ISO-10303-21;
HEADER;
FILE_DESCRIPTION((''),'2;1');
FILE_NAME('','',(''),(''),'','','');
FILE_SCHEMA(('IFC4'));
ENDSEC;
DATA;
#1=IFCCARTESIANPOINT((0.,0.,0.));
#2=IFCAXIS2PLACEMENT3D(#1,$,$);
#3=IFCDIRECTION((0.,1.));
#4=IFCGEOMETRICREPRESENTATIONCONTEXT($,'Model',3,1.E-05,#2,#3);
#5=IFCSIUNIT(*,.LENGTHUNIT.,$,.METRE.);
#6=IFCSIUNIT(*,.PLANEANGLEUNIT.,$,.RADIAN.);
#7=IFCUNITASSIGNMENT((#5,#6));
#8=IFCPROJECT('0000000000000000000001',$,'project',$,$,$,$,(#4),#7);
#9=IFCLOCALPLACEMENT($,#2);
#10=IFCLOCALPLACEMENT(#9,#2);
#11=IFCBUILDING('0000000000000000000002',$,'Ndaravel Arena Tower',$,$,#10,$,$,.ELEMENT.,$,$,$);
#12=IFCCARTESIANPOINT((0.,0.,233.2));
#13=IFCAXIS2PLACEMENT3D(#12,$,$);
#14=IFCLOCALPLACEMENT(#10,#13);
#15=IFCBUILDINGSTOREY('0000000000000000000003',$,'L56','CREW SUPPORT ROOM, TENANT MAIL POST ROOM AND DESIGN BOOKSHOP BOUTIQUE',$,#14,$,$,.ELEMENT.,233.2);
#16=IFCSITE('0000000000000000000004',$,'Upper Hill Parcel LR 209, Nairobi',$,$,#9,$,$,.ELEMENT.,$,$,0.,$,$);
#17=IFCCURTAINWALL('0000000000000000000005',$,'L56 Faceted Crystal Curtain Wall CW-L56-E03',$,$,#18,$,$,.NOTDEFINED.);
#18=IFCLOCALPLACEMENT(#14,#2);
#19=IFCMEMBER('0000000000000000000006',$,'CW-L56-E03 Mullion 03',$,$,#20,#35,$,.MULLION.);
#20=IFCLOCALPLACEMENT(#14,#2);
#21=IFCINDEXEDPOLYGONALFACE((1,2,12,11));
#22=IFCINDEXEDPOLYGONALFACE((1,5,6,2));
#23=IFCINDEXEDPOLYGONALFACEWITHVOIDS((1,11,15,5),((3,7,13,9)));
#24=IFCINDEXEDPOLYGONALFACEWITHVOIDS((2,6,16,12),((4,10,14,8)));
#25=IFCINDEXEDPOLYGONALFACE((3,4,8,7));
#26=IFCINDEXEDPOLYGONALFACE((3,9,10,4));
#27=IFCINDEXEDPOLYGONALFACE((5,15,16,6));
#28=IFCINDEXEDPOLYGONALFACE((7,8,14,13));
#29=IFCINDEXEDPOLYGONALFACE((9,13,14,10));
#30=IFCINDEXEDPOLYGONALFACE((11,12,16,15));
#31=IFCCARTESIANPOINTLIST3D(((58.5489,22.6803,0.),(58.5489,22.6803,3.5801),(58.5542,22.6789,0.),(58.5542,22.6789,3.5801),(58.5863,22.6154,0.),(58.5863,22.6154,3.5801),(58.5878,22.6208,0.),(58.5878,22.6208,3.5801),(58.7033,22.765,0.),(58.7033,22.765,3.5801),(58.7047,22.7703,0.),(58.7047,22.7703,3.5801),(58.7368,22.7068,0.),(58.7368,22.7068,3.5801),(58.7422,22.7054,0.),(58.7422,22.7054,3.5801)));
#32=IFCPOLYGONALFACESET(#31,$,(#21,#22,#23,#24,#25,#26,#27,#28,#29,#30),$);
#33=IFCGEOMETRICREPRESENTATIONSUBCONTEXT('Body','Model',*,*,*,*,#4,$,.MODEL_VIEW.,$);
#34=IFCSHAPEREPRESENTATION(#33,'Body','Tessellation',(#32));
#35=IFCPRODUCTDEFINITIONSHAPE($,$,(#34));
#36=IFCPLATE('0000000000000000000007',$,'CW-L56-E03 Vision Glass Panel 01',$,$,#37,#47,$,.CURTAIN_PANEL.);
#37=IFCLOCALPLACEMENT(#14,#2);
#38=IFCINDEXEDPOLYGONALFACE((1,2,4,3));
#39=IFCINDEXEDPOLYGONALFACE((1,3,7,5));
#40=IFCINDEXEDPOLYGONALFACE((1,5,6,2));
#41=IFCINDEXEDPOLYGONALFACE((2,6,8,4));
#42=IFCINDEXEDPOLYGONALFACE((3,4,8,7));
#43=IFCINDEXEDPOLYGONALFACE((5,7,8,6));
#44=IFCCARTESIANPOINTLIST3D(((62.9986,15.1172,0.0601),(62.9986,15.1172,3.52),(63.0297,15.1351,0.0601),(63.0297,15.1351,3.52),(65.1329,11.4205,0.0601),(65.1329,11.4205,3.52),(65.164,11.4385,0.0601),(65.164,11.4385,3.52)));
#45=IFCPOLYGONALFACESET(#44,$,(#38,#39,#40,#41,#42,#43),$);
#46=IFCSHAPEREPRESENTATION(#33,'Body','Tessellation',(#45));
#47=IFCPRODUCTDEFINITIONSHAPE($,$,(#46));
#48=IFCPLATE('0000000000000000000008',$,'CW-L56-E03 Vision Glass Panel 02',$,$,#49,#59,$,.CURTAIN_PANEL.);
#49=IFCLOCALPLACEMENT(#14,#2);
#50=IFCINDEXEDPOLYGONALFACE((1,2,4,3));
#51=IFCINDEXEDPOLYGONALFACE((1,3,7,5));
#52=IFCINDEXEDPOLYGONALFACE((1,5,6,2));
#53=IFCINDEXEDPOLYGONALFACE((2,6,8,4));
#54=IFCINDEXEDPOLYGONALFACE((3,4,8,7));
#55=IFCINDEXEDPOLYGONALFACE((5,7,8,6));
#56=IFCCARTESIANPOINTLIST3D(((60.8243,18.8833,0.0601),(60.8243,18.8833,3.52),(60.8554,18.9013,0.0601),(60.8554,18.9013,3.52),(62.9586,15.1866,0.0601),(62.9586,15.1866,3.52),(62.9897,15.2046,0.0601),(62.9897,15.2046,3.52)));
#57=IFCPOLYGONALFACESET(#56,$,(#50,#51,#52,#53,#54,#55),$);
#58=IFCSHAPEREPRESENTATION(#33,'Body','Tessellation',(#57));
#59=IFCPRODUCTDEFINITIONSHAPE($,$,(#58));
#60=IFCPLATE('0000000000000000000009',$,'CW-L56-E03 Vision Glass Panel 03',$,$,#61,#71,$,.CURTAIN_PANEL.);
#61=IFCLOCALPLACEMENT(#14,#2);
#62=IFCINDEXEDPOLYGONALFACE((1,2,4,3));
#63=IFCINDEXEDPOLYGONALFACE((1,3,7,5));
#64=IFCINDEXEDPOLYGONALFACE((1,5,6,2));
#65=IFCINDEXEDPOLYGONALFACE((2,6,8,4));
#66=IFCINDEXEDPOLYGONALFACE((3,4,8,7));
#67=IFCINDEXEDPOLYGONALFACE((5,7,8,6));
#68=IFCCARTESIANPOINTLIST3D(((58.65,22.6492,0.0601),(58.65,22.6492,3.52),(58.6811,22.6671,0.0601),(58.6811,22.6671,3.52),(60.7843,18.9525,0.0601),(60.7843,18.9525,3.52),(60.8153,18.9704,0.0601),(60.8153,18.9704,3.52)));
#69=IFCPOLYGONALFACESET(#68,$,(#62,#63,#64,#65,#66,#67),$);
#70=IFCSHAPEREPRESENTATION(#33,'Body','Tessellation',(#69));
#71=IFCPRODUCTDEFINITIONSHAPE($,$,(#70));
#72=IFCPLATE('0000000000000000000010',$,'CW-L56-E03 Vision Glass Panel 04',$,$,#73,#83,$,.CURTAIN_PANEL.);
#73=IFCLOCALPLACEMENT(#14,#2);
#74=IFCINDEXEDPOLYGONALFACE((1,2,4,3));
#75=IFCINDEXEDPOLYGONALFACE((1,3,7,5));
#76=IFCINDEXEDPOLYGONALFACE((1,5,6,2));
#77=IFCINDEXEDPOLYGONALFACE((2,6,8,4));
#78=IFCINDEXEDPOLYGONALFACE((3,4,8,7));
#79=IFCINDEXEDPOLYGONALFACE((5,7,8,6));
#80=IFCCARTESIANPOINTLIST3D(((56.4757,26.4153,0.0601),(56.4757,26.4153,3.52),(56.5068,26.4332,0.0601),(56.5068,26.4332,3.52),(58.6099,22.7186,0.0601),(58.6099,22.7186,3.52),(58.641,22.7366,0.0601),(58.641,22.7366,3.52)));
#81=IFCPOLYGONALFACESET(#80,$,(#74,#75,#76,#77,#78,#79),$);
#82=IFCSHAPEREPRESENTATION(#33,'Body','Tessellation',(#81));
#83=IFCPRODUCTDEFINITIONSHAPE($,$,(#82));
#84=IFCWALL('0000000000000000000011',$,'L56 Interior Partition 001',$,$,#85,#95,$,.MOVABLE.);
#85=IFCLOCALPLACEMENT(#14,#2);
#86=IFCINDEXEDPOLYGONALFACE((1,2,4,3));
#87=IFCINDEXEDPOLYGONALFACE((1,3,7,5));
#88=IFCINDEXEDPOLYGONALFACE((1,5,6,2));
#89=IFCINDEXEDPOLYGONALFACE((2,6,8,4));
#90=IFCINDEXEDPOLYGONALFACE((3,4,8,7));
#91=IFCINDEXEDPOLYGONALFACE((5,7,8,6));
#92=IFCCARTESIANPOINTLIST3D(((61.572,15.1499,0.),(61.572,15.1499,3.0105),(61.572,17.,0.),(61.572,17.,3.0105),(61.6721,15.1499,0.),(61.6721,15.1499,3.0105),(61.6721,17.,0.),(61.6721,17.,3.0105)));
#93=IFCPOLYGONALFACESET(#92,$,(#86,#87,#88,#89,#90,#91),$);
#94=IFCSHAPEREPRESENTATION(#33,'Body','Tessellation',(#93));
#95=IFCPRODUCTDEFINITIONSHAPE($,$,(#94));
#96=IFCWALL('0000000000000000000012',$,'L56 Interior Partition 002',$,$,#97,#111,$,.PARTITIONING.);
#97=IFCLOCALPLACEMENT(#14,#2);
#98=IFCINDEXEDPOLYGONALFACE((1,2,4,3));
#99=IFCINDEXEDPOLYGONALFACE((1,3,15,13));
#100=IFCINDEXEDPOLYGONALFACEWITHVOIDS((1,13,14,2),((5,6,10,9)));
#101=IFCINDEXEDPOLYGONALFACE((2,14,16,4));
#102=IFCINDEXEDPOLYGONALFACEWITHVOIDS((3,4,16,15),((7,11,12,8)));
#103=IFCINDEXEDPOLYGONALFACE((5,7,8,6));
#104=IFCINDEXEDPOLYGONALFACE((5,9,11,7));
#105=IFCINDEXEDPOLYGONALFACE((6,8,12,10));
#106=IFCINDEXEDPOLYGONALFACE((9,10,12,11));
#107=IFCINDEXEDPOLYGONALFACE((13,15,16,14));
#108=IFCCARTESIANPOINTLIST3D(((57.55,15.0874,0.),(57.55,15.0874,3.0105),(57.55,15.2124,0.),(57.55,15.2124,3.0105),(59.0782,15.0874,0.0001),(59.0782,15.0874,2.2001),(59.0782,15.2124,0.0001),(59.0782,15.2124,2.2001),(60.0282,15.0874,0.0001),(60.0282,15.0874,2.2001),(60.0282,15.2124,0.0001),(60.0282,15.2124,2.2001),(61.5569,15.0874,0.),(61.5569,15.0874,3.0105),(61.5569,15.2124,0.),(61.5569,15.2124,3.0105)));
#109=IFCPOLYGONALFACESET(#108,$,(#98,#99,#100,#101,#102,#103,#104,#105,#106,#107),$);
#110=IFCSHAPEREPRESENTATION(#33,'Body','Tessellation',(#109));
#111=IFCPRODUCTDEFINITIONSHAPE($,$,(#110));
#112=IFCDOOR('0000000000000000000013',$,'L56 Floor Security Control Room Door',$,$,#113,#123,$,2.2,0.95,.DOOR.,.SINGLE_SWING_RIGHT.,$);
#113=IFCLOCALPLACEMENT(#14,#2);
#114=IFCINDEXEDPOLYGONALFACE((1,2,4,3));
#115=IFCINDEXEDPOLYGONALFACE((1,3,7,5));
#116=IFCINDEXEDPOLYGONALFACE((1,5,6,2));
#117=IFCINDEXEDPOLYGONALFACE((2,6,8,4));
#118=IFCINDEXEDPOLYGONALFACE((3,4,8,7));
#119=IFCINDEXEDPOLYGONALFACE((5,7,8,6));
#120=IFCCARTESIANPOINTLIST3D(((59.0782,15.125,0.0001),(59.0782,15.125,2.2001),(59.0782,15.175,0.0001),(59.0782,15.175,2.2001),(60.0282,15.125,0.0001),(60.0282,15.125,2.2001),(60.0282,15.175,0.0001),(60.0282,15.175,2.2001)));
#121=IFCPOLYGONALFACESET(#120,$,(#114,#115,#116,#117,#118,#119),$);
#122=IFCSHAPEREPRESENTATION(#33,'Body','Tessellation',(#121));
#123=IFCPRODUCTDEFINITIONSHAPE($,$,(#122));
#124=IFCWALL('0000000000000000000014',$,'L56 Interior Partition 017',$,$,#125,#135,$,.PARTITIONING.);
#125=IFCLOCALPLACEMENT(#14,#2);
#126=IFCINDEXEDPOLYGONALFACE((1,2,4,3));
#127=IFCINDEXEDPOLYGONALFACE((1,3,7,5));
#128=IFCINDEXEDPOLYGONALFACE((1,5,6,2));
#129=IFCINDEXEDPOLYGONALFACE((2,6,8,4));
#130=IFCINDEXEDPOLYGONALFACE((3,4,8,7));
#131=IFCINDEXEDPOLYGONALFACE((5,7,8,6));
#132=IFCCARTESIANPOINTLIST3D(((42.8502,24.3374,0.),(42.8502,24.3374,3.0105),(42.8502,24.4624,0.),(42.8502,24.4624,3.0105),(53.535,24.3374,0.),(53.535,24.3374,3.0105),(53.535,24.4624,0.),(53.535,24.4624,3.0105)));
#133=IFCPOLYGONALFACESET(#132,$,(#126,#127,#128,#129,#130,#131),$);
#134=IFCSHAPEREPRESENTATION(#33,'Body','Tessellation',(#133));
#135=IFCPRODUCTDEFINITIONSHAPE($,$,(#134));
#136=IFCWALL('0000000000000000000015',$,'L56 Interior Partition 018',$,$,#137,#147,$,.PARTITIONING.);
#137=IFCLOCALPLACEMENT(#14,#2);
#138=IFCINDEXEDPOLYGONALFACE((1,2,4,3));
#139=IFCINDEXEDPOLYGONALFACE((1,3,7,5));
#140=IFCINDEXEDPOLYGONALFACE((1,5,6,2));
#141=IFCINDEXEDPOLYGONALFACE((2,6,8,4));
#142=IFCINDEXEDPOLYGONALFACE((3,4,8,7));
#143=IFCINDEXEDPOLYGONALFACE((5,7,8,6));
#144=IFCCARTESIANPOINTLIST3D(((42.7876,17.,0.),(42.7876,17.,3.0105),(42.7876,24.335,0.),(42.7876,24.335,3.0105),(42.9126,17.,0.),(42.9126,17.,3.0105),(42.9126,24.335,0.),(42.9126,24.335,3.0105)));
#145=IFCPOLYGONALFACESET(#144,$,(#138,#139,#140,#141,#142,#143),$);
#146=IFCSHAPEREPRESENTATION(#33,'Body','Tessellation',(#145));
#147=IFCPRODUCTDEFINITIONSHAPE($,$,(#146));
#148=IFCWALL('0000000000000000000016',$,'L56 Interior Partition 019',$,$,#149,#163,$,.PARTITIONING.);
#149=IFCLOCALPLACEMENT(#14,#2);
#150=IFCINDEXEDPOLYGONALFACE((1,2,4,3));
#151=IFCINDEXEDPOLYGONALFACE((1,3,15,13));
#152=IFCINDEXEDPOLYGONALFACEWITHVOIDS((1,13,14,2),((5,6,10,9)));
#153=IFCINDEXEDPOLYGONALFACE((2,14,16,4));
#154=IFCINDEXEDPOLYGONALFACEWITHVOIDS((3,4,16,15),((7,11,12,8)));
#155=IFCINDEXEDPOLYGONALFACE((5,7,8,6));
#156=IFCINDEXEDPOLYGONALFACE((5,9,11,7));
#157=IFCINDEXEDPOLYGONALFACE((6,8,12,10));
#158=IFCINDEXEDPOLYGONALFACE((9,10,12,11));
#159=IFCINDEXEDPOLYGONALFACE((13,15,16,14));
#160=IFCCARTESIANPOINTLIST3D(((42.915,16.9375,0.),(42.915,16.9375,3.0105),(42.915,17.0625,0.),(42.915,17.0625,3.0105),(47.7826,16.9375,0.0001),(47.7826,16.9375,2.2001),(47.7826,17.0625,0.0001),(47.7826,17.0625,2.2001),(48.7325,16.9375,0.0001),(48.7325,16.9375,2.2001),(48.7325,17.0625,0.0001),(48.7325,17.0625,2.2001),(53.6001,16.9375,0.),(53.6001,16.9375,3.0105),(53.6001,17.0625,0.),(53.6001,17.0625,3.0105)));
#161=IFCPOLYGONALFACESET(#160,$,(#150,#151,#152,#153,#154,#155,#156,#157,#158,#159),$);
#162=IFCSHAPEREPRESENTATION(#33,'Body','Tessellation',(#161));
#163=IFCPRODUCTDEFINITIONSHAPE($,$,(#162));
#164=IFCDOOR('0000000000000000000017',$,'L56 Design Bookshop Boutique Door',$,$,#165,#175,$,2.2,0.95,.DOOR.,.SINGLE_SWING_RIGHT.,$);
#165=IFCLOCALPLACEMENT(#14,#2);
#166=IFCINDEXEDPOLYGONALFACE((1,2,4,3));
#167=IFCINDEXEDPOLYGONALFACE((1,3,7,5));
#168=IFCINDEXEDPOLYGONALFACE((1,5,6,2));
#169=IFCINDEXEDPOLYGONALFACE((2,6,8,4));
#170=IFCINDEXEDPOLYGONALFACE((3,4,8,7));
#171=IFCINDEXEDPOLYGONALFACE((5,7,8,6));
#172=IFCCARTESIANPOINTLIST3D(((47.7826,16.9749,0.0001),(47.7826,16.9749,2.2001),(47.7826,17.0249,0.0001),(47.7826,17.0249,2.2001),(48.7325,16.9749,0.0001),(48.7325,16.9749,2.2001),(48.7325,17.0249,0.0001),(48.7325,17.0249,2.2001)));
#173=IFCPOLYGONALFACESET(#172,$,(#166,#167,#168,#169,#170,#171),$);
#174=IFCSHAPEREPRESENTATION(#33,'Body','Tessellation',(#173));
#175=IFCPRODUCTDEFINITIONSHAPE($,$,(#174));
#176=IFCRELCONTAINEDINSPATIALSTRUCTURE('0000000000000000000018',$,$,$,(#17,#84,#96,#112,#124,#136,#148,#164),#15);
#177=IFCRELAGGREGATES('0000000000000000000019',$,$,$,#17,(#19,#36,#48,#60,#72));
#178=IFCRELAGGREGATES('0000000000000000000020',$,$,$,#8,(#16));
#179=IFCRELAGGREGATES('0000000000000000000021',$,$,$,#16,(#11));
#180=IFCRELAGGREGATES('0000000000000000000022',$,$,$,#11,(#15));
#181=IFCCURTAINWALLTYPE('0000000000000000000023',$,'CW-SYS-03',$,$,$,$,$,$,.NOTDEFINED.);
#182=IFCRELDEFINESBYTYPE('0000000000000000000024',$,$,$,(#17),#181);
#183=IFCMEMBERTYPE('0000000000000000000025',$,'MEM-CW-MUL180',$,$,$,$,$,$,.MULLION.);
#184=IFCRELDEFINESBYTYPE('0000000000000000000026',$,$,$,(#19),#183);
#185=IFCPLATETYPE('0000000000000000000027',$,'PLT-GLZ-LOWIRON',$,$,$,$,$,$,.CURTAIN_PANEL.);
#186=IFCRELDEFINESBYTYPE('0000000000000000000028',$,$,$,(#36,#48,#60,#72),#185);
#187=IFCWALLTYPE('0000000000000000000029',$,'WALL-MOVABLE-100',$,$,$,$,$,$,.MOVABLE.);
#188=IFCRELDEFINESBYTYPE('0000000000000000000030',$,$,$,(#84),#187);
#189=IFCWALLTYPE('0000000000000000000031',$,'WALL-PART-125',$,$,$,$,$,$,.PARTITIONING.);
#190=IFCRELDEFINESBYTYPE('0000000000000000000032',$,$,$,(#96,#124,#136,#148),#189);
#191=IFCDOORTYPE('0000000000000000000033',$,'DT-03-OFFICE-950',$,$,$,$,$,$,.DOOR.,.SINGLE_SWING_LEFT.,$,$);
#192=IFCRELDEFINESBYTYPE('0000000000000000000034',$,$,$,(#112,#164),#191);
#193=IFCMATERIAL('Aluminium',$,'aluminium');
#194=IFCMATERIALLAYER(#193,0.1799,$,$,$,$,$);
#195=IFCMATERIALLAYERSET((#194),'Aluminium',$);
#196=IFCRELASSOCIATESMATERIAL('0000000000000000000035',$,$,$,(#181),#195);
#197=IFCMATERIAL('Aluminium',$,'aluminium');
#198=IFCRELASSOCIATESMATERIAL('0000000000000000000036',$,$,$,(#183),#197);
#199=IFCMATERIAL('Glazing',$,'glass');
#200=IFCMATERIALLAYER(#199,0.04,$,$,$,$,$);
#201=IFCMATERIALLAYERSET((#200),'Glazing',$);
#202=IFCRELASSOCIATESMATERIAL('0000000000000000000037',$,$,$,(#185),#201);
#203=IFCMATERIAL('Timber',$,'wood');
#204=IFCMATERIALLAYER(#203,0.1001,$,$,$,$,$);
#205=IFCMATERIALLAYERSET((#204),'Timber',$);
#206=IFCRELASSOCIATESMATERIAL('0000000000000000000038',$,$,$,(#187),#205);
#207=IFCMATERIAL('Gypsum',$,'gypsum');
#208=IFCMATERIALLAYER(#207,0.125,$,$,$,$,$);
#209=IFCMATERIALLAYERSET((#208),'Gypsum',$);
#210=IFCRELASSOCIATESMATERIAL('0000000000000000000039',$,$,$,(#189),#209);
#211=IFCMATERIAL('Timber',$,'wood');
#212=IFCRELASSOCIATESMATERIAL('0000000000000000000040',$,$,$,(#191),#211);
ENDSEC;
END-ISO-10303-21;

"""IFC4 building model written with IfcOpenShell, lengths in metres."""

from ifc_helpers import new_model, si_unit, direction, frame, frame_2d, origin, origin_2d, place, context, subcontext, project, spatial, rectangle, hollow_rectangle, extrude, material, layer, layer_set, material_profile, profile_set, type_object, element, fill, aggregate, save


model = new_model("IFC4")

# Units and contexts
model_context = context("Model", 3, precision=1e-05, world=origin(), true_north=direction((0.0, 1.0)))
body_context = subcontext(model_context, "Body", "Model", "MODEL_VIEW")
ifc_project = project(units=[si_unit("LENGTHUNIT", "METRE"), si_unit("PLANEANGLEUNIT", "RADIAN")], contexts=[model_context])

# Site, building, storey
site_placement = place(None, origin())
site = spatial("IfcSite", under=ifc_project, at=site_placement, Name="Upper Hill Parcel LR 209, Nairobi", CompositionType="ELEMENT", RefElevation=0.0)
building_placement = place(site_placement, origin())
building = spatial("IfcBuilding", under=site, at=building_placement, Name="Ndaravel Arena Tower", CompositionType="ELEMENT")
storey_placement = place(building_placement, frame((0.0, 0.0, 233.2)))
storey = spatial("IfcBuildingStorey", under=building, at=storey_placement, Name="L56", Description="CREW SUPPORT ROOM, TENANT MAIL POST ROOM AND DESIGN BOOKSHOP BOUTIQUE", CompositionType="ELEMENT", Elevation=233.2)

# Curtain wall, member, plates
ifc_material_1 = material(Name="Aluminium", Category="aluminium")
ifc_layer_1 = layer(ifc_material_1, 0.1799)
ifc_layer_set_1 = layer_set([ifc_layer_1], Name="Aluminium")
curtain_wall_type = type_object("IfcCurtainWallType", Name="CW-SYS-03", PredefinedType="NOTDEFINED", material=ifc_layer_set_1)
curtain_wall_placement = place(storey_placement, origin())
curtain_wall = element("IfcCurtainWall", 1, at=curtain_wall_placement, inside=storey, type_object=curtain_wall_type, Name="L56 Faceted Crystal Curtain Wall CW-L56-E03", PredefinedType="NOTDEFINED")
ifc_material_2 = material(Name="Aluminium", Category="aluminium")
ifc_material_profile_1 = material_profile(ifc_material_2, hollow_rectangle(XDim=0.075, YDim=0.1799, WallThickness=0.0039, at=origin_2d()), Name="CW MULLION 75x180x4")
ifc_profile_set_1 = profile_set([ifc_material_profile_1], Name="Aluminium")
member_type = type_object("IfcMemberType", Name="MEM-CW-MUL180", PredefinedType="MULLION", material=ifc_profile_set_1)
member_1_placement = place(storey_placement, frame((58.6455, 22.6929, 0.0), z_axis=(0.0, 0.0, 1.0), x_axis=(-0.5, 0.866025, 0.0)))
member_1 = element("IfcMember", 2, at=member_1_placement, type_object=member_type, Name="CW-L56-E03 Mullion 03", PredefinedType="MULLION", context=body_context, shape_type="SweptSolid", body=[
    extrude(hollow_rectangle(XDim=0.075, YDim=0.1799, WallThickness=0.0039, at=origin_2d()), origin(), (0.0, 0.0, 1.0), 3.5801),
])
ifc_material_3 = material(Name="Glazing", Category="glass")
ifc_layer_2 = layer(ifc_material_3, 0.04)
ifc_layer_set_2 = layer_set([ifc_layer_2], Name="Glazing")
plate_type = type_object("IfcPlateType", Name="PLT-GLZ-LOWIRON", PredefinedType="CURTAIN_PANEL", material=ifc_layer_set_2)
plate_1_placement = place(storey_placement, frame((64.0813, 13.2778, 0.0601), z_axis=(0.0, 0.0, 1.0), x_axis=(-0.5, 0.866025, 0.0)))
plate_1 = element("IfcPlate", 3, at=plate_1_placement, type_object=plate_type, Name="CW-L56-E03 Vision Glass Panel 01", PredefinedType="CURTAIN_PANEL", context=body_context, shape_type="SweptSolid", body=[
    extrude(rectangle(XDim=4.2686, YDim=0.0359, at=origin_2d()), origin(), (0.0, 0.0, 1.0), 3.46),
])
plate_2_placement = place(storey_placement, frame((61.907, 17.0439, 0.0601), z_axis=(0.0, 0.0, 1.0), x_axis=(-0.5, 0.866025, 0.0)))
plate_2 = element("IfcPlate", 4, at=plate_2_placement, type_object=plate_type, Name="CW-L56-E03 Vision Glass Panel 02", PredefinedType="CURTAIN_PANEL", context=body_context, shape_type="SweptSolid", body=[
    extrude(rectangle(XDim=4.2686, YDim=0.0359, at=origin_2d()), origin(), (0.0, 0.0, 1.0), 3.46),
])
plate_3_placement = place(storey_placement, frame((59.7327, 20.8098, 0.0601), z_axis=(0.0, 0.0, 1.0), x_axis=(-0.5, 0.866025, 0.0)))
plate_3 = element("IfcPlate", 5, at=plate_3_placement, type_object=plate_type, Name="CW-L56-E03 Vision Glass Panel 03", PredefinedType="CURTAIN_PANEL", context=body_context, shape_type="SweptSolid", body=[
    extrude(rectangle(XDim=4.2686, YDim=0.0359, at=origin_2d()), origin(), (0.0, 0.0, 1.0), 3.46),
])
plate_4_placement = place(storey_placement, frame((57.5583, 24.5759, 0.0601), z_axis=(0.0, 0.0, 1.0), x_axis=(-0.5, 0.866025, 0.0)))
plate_4 = element("IfcPlate", 6, at=plate_4_placement, type_object=plate_type, Name="CW-L56-E03 Vision Glass Panel 04", PredefinedType="CURTAIN_PANEL", context=body_context, shape_type="SweptSolid", body=[
    extrude(rectangle(XDim=4.2686, YDim=0.0359, at=origin_2d()), origin(), (0.0, 0.0, 1.0), 3.46),
])
aggregate(curtain_wall, [member_1, plate_1, plate_2, plate_3, plate_4])

# Wall
ifc_material_4 = material(Name="Timber", Category="wood")
ifc_layer_3 = layer(ifc_material_4, 0.1001)
ifc_layer_set_3 = layer_set([ifc_layer_3], Name="Timber")
wall_type_1 = type_object("IfcWallType", Name="WALL-MOVABLE-100", PredefinedType="MOVABLE", material=ifc_layer_set_3)
wall_1_placement = place(storey_placement, frame((61.6221, 17.0, 0.0), z_axis=(0.0, 0.0, 1.0), x_axis=(0.0, -1.0, 0.0)))
element("IfcWall", 7, at=wall_1_placement, inside=storey, type_object=wall_type_1, Name="L56 Interior Partition 001", PredefinedType="MOVABLE", context=body_context, shape_type="SweptSolid", body=[
    extrude(rectangle(XDim=1.8501, YDim=0.1001, at=frame_2d((0.925, 0.0))), origin(), (0.0, 0.0, 1.0), 3.0105),
])

# Wall, opening, door
ifc_material_5 = material(Name="Gypsum", Category="gypsum")
ifc_layer_4 = layer(ifc_material_5, 0.125)
ifc_layer_set_4 = layer_set([ifc_layer_4], Name="Gypsum")
wall_type_2 = type_object("IfcWallType", Name="WALL-PART-125", PredefinedType="PARTITIONING", material=ifc_layer_set_4)
wall_2_placement = place(storey_placement, frame((61.5569, 15.1499, 0.0), z_axis=(0.0, 0.0, 1.0), x_axis=(-1.0, 0.0, 0.0)))
wall_2 = element("IfcWall", 8, at=wall_2_placement, inside=storey, type_object=wall_type_2, Name="L56 Interior Partition 002", PredefinedType="PARTITIONING", context=body_context, shape_type="SweptSolid", body=[
    extrude(rectangle(XDim=4.0068, YDim=0.125, at=frame_2d((2.0034, 0.0))), origin(), (0.0, 0.0, 1.0), 3.0105),
])
opening_1_placement = place(wall_2_placement, frame((1.5286, 0.0, 0.0)))
opening_1 = element("IfcOpeningElement", 9, at=opening_1_placement, cuts=wall_2, PredefinedType="OPENING", context=body_context, shape_type="SweptSolid", body=[
    extrude(rectangle(XDim=0.95, YDim=2.2, at=frame_2d((0.4751, 1.1001))), frame((0.0, 0.0625, 0.0), z_axis=(0.0, -1.0, 0.0), x_axis=(1.0, 0.0, 0.0)), (0.0, 0.0, 1.0), 0.125),
])
ifc_material_6 = material(Name="Timber", Category="wood")
door_type = type_object("IfcDoorType", Name="DT-03-OFFICE-950", OperationType="SINGLE_SWING_LEFT", PredefinedType="DOOR", material=ifc_material_6)
door_1_placement = place(opening_1_placement, origin())
door_1 = element("IfcDoor", 10, at=door_1_placement, inside=storey, type_object=door_type, Name="L56 Floor Security Control Room Door", OperationType="SINGLE_SWING_RIGHT", OverallHeight=2.2, OverallWidth=0.95, PredefinedType="DOOR", context=body_context, shape_type="SweptSolid", body=[
    extrude(rectangle(XDim=0.95, YDim=2.2, at=frame_2d((0.4751, 1.1001))), frame((0.0, 0.0249, 0.0), z_axis=(0.0, -1.0, 0.0), x_axis=(1.0, 0.0, 0.0)), (0.0, 0.0, 1.0), 0.05),
])
fill(opening_1, door_1)

# Walls
wall_3_placement = place(storey_placement, frame((53.5349, 24.3999, 0.0), z_axis=(0.0, 0.0, 1.0), x_axis=(-1.0, 0.0, 0.0)))
element("IfcWall", 11, at=wall_3_placement, inside=storey, type_object=wall_type_2, Name="L56 Interior Partition 017", PredefinedType="PARTITIONING", context=body_context, shape_type="SweptSolid", body=[
    extrude(rectangle(XDim=10.6848, YDim=0.125, at=frame_2d((5.3423, 0.0))), origin(), (0.0, 0.0, 1.0), 3.0105),
])
wall_4_placement = place(storey_placement, frame((42.8501, 24.335, 0.0), z_axis=(0.0, 0.0, 1.0), x_axis=(0.0, -1.0, 0.0)))
element("IfcWall", 12, at=wall_4_placement, inside=storey, type_object=wall_type_2, Name="L56 Interior Partition 018", PredefinedType="PARTITIONING", context=body_context, shape_type="SweptSolid", body=[
    extrude(rectangle(XDim=7.335, YDim=0.125, at=frame_2d((3.6675, 0.0))), origin(), (0.0, 0.0, 1.0), 3.0105),
])

# Wall, opening, door
wall_5_placement = place(storey_placement, frame((42.915, 17.0, 0.0), z_axis=(0.0, 0.0, 1.0), x_axis=(1.0, 0.0, 0.0)))
wall_5 = element("IfcWall", 13, at=wall_5_placement, inside=storey, type_object=wall_type_2, Name="L56 Interior Partition 019", PredefinedType="PARTITIONING", context=body_context, shape_type="SweptSolid", body=[
    extrude(rectangle(XDim=10.6851, YDim=0.125, at=frame_2d((5.3425, 0.0))), origin(), (0.0, 0.0, 1.0), 3.0105),
])
opening_2_placement = place(wall_5_placement, frame((4.8674, 0.0, 0.0)))
opening_2 = element("IfcOpeningElement", 14, at=opening_2_placement, cuts=wall_5, PredefinedType="OPENING", context=body_context, shape_type="SweptSolid", body=[
    extrude(rectangle(XDim=0.95, YDim=2.2, at=frame_2d((0.4751, 1.1001))), frame((0.0, 0.0625, 0.0), z_axis=(0.0, -1.0, 0.0), x_axis=(1.0, 0.0, 0.0)), (0.0, 0.0, 1.0), 0.125),
])
door_2_placement = place(opening_2_placement, origin())
door_2 = element("IfcDoor", 15, at=door_2_placement, inside=storey, type_object=door_type, Name="L56 Design Bookshop Boutique Door", OperationType="SINGLE_SWING_RIGHT", OverallHeight=2.2, OverallWidth=0.95, PredefinedType="DOOR", context=body_context, shape_type="SweptSolid", body=[
    extrude(rectangle(XDim=0.95, YDim=2.2, at=frame_2d((0.4751, 1.1001))), frame((0.0, 0.0249, 0.0), z_axis=(0.0, -1.0, 0.0), x_axis=(1.0, 0.0, 0.0)), (0.0, 0.0, 1.0), 0.05),
])
fill(opening_2, door_2)

save(model, "model.ifc")
